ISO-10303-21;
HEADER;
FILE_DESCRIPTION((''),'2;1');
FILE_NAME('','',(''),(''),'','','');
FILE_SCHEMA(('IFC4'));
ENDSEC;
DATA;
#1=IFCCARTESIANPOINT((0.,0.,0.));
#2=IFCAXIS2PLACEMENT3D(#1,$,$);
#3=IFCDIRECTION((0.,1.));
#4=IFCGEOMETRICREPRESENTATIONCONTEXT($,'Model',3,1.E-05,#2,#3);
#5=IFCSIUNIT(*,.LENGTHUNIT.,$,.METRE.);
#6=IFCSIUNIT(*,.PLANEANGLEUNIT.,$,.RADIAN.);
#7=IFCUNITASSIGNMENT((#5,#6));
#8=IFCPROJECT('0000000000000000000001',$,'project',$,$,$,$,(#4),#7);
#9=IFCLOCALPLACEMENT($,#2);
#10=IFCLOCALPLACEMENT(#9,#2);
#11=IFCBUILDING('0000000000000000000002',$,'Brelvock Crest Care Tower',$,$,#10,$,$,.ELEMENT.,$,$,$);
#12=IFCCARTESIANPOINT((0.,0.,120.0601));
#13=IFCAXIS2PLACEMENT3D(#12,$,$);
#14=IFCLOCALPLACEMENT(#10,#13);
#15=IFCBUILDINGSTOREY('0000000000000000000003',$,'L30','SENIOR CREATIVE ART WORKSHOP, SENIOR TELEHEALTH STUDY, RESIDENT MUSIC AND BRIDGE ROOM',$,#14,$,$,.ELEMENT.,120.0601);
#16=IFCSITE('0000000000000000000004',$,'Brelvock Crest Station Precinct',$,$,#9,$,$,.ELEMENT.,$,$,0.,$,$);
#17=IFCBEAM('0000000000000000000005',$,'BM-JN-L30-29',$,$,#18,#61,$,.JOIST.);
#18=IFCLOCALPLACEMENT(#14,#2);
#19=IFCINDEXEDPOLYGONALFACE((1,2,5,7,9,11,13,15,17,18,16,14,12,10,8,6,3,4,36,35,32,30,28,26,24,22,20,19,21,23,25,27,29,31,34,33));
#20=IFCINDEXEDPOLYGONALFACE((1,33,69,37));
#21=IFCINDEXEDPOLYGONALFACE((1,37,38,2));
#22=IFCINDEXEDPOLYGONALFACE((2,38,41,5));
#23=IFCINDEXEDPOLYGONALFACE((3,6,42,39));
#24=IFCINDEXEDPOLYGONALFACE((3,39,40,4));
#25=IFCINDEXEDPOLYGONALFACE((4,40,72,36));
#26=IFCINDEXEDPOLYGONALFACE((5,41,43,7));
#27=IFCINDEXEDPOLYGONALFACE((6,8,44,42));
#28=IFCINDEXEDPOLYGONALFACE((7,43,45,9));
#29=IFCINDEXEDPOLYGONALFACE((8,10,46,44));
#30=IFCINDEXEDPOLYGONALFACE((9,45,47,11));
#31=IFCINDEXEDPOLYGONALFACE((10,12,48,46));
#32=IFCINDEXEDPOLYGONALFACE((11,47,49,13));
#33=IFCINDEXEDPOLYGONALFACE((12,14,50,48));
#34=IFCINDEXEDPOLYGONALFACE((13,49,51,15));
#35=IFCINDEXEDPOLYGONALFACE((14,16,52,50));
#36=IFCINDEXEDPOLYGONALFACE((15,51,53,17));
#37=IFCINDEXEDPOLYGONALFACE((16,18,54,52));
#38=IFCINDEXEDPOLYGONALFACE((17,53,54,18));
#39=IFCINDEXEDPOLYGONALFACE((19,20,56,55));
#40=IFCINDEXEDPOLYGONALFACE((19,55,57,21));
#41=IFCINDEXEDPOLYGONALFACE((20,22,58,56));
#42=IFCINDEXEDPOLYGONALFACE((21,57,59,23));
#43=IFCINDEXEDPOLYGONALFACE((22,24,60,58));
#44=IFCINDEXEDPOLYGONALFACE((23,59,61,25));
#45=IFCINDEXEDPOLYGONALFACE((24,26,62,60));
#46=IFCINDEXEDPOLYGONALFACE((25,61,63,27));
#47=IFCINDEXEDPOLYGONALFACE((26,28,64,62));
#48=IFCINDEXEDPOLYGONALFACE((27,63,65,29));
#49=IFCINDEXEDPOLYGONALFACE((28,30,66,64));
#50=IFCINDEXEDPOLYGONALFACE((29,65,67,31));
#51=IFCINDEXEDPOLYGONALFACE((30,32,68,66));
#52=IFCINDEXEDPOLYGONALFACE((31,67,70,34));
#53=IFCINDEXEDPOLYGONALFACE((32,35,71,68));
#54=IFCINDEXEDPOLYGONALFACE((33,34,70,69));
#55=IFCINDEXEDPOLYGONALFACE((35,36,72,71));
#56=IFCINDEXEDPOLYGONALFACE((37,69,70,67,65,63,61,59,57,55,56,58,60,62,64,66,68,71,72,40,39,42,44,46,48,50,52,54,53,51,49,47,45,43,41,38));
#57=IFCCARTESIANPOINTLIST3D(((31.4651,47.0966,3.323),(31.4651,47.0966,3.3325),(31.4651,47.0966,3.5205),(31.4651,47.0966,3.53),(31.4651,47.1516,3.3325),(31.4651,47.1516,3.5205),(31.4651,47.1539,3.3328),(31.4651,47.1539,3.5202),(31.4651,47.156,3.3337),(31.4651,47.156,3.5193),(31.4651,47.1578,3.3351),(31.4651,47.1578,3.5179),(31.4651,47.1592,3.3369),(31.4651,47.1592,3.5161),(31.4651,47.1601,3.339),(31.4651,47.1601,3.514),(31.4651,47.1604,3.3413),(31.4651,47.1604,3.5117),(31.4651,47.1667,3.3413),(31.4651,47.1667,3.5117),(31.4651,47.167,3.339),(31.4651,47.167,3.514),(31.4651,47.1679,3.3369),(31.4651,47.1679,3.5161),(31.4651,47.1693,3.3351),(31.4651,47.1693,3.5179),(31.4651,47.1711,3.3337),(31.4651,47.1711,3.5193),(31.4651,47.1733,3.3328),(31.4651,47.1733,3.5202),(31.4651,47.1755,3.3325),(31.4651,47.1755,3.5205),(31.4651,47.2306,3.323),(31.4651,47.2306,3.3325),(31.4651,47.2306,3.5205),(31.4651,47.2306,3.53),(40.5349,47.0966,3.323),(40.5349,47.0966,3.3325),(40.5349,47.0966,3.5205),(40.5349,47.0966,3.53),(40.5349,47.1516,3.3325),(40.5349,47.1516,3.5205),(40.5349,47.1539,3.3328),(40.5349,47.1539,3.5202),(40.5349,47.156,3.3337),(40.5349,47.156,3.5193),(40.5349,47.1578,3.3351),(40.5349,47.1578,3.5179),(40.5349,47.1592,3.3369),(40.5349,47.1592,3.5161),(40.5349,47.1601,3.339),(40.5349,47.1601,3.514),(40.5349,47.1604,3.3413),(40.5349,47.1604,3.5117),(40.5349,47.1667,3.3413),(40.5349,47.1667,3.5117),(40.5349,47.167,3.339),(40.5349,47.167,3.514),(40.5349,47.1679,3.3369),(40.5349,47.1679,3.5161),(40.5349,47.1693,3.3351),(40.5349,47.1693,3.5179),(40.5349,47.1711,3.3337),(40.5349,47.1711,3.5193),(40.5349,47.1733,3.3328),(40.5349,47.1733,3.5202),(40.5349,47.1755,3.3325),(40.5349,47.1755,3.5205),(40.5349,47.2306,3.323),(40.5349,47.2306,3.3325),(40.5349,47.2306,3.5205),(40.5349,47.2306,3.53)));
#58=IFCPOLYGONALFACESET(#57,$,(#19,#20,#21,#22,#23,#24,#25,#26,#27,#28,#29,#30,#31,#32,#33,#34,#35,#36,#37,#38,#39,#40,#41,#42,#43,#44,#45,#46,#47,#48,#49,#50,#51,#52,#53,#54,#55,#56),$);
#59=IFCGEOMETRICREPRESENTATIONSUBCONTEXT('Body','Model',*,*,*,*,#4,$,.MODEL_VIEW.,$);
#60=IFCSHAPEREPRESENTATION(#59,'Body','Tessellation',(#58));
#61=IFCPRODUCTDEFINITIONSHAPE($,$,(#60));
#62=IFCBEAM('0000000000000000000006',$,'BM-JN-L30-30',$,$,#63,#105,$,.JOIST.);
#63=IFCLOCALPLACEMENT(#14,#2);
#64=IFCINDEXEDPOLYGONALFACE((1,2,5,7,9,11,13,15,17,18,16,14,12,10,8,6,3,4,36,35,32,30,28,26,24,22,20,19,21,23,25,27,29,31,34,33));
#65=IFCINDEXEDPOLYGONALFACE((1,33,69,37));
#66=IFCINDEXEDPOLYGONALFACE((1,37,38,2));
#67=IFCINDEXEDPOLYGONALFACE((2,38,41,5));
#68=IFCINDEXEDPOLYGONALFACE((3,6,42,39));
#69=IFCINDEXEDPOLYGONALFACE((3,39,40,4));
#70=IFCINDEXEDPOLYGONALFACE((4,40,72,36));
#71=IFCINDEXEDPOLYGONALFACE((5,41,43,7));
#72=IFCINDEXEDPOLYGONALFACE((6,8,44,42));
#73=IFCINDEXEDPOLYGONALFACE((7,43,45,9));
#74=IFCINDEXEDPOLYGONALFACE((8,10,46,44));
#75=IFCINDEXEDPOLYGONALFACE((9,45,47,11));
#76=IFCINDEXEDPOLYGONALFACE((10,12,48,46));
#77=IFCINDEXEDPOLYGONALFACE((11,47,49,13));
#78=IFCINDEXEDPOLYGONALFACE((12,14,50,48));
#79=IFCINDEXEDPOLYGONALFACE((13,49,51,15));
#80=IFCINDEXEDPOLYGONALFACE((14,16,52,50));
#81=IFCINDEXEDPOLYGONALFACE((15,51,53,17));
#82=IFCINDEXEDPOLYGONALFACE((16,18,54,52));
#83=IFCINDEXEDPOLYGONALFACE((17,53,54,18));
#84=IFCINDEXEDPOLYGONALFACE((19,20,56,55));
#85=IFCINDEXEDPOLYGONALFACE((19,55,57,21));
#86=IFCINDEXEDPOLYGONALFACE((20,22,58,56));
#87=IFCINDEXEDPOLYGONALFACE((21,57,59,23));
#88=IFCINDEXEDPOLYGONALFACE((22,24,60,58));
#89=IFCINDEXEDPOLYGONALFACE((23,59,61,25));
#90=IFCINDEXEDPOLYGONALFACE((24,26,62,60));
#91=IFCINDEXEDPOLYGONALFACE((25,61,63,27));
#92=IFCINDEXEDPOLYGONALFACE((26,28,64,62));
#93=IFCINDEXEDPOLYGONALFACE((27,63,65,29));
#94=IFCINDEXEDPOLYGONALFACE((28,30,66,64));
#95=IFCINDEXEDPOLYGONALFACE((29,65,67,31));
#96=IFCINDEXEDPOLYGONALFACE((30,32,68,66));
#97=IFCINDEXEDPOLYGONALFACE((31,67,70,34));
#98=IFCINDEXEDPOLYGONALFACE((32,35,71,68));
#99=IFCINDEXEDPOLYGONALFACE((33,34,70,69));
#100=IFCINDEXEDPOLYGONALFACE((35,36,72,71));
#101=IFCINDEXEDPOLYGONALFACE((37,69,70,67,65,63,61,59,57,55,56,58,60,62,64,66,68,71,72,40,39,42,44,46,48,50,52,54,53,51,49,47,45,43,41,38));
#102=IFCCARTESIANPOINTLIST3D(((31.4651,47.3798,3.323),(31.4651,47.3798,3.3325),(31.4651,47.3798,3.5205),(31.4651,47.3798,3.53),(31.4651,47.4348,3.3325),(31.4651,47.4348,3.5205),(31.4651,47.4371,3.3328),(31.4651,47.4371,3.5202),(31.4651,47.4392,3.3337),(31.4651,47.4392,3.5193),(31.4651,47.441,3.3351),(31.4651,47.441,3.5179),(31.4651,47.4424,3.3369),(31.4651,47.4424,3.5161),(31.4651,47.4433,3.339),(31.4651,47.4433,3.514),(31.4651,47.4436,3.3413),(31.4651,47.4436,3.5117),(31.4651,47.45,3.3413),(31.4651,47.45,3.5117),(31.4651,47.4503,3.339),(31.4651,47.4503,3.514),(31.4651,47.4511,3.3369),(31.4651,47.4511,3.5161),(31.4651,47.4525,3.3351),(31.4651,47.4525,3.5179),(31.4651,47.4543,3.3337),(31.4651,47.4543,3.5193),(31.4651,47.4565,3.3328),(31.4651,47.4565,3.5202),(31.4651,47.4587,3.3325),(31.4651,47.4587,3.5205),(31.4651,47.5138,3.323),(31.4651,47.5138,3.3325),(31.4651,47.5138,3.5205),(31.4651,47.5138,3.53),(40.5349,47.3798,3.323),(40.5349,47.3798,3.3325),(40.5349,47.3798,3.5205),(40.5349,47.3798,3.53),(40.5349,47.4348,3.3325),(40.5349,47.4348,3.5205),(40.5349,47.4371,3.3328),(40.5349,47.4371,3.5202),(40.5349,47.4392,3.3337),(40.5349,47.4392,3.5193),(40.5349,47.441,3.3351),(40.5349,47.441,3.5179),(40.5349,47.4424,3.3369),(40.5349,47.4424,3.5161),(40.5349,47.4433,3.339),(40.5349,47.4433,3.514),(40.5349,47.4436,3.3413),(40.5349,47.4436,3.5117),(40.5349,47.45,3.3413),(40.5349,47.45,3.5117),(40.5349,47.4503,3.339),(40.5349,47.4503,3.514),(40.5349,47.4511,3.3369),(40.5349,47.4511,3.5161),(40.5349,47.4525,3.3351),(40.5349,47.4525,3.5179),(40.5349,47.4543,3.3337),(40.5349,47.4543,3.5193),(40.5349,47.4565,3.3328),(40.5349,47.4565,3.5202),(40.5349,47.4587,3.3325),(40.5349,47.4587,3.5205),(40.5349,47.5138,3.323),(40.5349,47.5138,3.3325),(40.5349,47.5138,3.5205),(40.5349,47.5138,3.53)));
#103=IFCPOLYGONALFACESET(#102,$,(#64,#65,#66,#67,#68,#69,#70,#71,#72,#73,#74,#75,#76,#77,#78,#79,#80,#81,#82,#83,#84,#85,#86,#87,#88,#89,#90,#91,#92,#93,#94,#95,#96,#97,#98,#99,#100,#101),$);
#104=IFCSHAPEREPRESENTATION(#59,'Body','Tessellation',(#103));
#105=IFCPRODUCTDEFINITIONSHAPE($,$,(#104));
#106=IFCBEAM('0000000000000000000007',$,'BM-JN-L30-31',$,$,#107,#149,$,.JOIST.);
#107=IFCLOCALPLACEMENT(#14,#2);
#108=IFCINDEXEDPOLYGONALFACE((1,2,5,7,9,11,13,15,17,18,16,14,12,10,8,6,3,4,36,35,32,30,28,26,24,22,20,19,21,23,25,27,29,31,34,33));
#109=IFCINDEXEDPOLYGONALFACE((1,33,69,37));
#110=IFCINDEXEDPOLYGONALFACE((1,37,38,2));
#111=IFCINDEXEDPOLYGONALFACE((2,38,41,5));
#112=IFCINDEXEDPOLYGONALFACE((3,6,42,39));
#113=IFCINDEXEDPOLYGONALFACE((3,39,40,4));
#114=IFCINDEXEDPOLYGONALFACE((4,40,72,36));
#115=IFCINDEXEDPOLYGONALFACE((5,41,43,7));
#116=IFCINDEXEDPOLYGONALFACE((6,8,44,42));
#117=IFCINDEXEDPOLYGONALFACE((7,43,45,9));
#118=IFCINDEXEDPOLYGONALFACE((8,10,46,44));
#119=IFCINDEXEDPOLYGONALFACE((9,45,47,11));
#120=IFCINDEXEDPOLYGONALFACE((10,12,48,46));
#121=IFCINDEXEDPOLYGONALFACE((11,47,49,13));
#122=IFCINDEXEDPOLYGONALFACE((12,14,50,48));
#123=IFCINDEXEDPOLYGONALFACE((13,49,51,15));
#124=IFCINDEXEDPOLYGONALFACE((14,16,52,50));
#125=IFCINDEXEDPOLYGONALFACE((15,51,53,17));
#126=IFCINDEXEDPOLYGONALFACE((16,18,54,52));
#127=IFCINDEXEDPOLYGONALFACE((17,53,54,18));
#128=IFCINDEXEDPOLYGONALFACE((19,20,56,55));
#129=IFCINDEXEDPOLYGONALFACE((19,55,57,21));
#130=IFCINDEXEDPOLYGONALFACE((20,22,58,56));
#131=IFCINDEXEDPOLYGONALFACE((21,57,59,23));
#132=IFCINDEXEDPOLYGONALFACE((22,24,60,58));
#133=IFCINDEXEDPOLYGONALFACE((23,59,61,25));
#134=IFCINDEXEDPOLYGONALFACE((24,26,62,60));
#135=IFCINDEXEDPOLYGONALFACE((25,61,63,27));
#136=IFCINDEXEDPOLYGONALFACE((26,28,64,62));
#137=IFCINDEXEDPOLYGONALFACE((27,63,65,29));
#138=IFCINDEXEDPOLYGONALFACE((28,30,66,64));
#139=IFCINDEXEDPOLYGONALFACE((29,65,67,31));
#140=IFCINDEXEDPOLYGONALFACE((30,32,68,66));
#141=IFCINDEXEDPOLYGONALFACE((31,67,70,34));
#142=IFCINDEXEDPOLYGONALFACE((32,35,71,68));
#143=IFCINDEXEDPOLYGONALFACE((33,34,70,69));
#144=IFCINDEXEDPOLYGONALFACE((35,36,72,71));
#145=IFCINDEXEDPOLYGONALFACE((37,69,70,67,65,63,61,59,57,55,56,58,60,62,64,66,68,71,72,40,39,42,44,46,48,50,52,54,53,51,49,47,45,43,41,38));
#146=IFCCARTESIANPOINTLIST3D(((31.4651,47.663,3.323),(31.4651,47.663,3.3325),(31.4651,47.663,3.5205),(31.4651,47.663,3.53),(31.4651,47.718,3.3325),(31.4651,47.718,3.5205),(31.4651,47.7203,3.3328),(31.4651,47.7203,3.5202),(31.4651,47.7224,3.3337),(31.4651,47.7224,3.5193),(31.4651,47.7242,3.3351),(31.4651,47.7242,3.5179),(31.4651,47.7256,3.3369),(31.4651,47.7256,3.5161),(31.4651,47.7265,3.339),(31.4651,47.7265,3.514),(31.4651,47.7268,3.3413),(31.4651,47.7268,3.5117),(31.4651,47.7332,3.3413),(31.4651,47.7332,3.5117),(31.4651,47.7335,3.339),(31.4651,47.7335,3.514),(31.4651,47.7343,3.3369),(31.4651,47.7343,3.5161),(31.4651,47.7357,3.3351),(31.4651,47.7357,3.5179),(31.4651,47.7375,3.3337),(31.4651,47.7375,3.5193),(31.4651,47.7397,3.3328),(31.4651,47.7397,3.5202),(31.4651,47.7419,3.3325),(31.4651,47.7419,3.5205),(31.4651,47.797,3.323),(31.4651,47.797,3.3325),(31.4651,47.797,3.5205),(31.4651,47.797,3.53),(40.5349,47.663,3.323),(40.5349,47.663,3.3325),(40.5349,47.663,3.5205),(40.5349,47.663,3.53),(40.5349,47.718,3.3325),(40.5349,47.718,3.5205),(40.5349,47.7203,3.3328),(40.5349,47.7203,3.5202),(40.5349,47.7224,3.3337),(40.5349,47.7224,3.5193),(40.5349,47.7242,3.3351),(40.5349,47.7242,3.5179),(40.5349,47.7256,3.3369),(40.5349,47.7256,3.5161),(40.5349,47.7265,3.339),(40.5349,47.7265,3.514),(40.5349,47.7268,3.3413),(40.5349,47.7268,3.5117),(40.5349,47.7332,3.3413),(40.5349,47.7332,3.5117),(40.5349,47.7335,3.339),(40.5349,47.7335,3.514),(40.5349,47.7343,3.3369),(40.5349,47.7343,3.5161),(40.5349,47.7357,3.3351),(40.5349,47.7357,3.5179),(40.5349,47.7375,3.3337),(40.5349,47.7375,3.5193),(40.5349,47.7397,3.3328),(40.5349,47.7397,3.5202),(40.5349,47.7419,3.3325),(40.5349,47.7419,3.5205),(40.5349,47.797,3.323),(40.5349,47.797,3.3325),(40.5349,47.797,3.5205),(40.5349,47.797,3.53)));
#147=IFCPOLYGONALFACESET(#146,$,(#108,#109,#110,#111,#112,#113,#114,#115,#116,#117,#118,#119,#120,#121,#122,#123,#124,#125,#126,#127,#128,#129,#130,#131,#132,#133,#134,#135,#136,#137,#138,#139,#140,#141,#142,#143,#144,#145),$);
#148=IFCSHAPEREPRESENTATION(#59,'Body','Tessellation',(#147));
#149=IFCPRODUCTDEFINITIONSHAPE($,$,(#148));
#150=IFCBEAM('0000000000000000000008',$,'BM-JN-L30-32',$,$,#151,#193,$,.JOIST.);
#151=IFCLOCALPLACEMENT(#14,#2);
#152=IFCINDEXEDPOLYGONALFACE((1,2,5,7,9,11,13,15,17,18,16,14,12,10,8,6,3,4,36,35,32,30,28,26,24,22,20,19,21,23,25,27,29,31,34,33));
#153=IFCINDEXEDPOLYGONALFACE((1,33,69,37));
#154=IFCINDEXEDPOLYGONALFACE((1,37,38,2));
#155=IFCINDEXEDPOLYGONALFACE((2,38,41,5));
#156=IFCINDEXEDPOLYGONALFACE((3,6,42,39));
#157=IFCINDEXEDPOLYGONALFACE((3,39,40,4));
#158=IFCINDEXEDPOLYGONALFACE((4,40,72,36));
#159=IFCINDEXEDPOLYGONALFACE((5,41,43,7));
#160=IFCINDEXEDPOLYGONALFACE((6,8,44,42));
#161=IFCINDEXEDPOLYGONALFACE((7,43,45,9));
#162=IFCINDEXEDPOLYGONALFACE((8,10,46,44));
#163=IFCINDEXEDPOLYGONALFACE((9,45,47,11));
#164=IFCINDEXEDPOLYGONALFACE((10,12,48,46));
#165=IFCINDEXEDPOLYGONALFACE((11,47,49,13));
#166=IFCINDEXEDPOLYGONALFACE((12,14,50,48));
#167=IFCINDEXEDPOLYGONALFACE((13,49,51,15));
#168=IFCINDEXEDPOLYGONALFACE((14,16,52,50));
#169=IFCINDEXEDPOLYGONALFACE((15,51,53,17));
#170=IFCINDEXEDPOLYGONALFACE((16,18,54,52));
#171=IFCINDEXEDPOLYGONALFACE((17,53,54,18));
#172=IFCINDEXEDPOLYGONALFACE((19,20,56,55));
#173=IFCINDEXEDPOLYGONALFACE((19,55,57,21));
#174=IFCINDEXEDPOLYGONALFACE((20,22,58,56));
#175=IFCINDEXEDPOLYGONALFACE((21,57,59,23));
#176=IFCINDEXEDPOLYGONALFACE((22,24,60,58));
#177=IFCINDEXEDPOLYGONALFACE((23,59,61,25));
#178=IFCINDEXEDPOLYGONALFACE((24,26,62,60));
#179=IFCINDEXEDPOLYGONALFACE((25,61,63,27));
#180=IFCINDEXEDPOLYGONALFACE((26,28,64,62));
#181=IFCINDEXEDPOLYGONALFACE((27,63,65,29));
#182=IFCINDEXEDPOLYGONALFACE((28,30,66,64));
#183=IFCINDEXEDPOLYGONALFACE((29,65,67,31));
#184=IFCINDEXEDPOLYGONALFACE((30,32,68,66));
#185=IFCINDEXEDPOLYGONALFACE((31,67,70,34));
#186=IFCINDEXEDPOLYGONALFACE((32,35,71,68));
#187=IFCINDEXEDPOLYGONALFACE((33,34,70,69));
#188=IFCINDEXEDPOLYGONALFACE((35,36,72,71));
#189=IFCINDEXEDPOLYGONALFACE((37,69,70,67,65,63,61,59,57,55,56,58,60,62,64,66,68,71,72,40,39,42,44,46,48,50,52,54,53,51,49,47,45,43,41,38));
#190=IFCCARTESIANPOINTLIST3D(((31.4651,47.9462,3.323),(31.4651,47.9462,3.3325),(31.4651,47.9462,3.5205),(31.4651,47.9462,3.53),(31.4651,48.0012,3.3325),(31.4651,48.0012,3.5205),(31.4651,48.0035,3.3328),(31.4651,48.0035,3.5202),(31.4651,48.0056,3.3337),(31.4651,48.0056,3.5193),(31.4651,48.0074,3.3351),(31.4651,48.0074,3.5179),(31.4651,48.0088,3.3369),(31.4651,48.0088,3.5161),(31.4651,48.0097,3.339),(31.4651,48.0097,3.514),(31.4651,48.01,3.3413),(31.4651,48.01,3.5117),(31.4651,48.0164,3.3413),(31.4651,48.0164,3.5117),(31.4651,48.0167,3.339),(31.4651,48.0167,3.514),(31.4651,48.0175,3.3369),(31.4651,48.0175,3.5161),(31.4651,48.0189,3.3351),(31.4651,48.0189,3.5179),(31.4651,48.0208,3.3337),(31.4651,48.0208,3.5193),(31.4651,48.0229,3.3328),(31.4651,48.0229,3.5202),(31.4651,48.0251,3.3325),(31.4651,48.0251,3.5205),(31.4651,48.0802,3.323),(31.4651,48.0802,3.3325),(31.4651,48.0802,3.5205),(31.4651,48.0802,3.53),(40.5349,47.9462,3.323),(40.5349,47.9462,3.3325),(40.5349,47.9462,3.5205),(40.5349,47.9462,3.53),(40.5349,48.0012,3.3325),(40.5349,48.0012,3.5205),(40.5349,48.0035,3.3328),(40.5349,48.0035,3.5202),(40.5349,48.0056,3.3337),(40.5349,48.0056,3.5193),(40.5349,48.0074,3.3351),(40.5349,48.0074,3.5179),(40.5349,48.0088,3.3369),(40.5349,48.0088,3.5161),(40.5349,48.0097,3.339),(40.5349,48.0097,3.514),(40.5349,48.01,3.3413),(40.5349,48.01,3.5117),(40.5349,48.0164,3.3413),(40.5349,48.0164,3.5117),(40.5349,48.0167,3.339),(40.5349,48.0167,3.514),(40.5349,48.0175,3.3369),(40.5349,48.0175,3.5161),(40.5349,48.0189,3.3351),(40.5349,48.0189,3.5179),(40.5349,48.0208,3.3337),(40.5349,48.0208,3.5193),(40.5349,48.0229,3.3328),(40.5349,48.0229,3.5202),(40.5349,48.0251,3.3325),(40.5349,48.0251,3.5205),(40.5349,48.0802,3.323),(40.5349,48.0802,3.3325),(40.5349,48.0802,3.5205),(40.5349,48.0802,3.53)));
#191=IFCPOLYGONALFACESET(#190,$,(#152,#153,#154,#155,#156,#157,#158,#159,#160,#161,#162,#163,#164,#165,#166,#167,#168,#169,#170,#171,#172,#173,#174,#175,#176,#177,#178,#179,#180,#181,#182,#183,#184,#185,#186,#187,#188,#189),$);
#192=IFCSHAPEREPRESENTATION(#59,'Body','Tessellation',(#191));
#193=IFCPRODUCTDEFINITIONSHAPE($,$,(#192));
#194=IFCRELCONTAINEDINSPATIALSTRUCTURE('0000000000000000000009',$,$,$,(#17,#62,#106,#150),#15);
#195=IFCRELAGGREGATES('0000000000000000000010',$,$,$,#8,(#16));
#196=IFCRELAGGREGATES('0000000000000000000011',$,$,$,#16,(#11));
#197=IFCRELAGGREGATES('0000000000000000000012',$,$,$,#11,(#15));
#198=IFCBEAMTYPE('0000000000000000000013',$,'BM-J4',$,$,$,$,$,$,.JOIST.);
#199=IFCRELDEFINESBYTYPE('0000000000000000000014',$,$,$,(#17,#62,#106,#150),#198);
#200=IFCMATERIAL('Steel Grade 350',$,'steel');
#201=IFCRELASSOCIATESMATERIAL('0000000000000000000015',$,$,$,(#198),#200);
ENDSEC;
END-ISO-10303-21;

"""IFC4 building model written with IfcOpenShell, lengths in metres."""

from ifc_helpers import new_model, si_unit, direction, frame, origin, origin_2d, place, context, subcontext, project, spatial, i_section, extrude, source, transform, mapped, material, material_profile, profile_set, type_object, element, save


model = new_model("IFC4")

# Units and contexts
model_context = context("Model", 3, precision=1e-05, world=origin(), true_north=direction((0.0, 1.0)))
body_context = subcontext(model_context, "Body", "Model", "MODEL_VIEW")
ifc_project = project(units=[si_unit("LENGTHUNIT", "METRE"), si_unit("PLANEANGLEUNIT", "RADIAN")], contexts=[model_context])

# Site, building, storey
site_placement = place(None, origin())
site = spatial("IfcSite", under=ifc_project, at=site_placement, Name="Brelvock Crest Station Precinct", CompositionType="ELEMENT", RefElevation=0.0)
building_placement = place(site_placement, origin())
building = spatial("IfcBuilding", under=site, at=building_placement, Name="Brelvock Crest Care Tower", CompositionType="ELEMENT")
storey_placement = place(building_placement, frame((0.0, 0.0, 120.0601)))
storey = spatial("IfcBuildingStorey", under=building, at=storey_placement, Name="L30", Description="SENIOR CREATIVE ART WORKSHOP, SENIOR TELEHEALTH STUDY, RESIDENT MUSIC AND BRIDGE ROOM", CompositionType="ELEMENT", Elevation=120.0601)

# Shared definitions
ifc_material_1 = material(Name="Steel Grade 350", Category="steel")

# Beams
ifc_material_profile_1 = material_profile(ifc_material_1, i_section(OverallWidth=0.134, OverallDepth=0.207, WebThickness=0.0063, FlangeThickness=0.0095, FilletRadius=0.0088, at=origin_2d()), Name="200UB29.8")
ifc_profile_set_1 = profile_set([ifc_material_profile_1], Name="Steel Grade 350")
beam_type_1 = type_object("IfcBeamType", Name="BM-J4", PredefinedType="JOIST", material=ifc_profile_set_1)
shared_shape_1 = source(origin(), body_context, "Body", "SweptSolid", [
    extrude(i_section(OverallWidth=0.134, OverallDepth=0.207, WebThickness=0.0063, FlangeThickness=0.0095, FilletRadius=0.0088, at=origin_2d()), origin(), (0.0, 0.0, 1.0), 9.0698),
])
for number, where, z_axis, x_axis, name in (
    (1, (31.4651, 47.1636, 3.4265), (1.0, 0.0, 0.0), (0.0, 1.0, 0.0), "BM-JN-L30-29"),
    (2, (31.4651, 47.4468, 3.4265), (1.0, 0.0, 0.0), (0.0, 1.0, 0.0), "BM-JN-L30-30"),
    (3, (31.4651, 47.73, 3.4265), (1.0, 0.0, 0.0), (0.0, 1.0, 0.0), "BM-JN-L30-31"),
    (4, (31.4651, 48.0132, 3.4265), (1.0, 0.0, 0.0), (0.0, 1.0, 0.0), "BM-JN-L30-32"),
):
    element("IfcBeam", number, at=place(storey_placement, frame(where, z_axis=z_axis, x_axis=x_axis)), inside=storey, type_object=beam_type_1, Name=name, PredefinedType="JOIST", context=body_context, shape_type="MappedRepresentation", body=[
        mapped(shared_shape_1, transform((0.0, 0.0, 0.0), x_axis=(1.0, 0.0, 0.0), y_axis=(0.0, 1.0, 0.0), z_axis=(0.0, 0.0, 1.0), scale=1.0)),
    ])

save(model, "model.ifc")
